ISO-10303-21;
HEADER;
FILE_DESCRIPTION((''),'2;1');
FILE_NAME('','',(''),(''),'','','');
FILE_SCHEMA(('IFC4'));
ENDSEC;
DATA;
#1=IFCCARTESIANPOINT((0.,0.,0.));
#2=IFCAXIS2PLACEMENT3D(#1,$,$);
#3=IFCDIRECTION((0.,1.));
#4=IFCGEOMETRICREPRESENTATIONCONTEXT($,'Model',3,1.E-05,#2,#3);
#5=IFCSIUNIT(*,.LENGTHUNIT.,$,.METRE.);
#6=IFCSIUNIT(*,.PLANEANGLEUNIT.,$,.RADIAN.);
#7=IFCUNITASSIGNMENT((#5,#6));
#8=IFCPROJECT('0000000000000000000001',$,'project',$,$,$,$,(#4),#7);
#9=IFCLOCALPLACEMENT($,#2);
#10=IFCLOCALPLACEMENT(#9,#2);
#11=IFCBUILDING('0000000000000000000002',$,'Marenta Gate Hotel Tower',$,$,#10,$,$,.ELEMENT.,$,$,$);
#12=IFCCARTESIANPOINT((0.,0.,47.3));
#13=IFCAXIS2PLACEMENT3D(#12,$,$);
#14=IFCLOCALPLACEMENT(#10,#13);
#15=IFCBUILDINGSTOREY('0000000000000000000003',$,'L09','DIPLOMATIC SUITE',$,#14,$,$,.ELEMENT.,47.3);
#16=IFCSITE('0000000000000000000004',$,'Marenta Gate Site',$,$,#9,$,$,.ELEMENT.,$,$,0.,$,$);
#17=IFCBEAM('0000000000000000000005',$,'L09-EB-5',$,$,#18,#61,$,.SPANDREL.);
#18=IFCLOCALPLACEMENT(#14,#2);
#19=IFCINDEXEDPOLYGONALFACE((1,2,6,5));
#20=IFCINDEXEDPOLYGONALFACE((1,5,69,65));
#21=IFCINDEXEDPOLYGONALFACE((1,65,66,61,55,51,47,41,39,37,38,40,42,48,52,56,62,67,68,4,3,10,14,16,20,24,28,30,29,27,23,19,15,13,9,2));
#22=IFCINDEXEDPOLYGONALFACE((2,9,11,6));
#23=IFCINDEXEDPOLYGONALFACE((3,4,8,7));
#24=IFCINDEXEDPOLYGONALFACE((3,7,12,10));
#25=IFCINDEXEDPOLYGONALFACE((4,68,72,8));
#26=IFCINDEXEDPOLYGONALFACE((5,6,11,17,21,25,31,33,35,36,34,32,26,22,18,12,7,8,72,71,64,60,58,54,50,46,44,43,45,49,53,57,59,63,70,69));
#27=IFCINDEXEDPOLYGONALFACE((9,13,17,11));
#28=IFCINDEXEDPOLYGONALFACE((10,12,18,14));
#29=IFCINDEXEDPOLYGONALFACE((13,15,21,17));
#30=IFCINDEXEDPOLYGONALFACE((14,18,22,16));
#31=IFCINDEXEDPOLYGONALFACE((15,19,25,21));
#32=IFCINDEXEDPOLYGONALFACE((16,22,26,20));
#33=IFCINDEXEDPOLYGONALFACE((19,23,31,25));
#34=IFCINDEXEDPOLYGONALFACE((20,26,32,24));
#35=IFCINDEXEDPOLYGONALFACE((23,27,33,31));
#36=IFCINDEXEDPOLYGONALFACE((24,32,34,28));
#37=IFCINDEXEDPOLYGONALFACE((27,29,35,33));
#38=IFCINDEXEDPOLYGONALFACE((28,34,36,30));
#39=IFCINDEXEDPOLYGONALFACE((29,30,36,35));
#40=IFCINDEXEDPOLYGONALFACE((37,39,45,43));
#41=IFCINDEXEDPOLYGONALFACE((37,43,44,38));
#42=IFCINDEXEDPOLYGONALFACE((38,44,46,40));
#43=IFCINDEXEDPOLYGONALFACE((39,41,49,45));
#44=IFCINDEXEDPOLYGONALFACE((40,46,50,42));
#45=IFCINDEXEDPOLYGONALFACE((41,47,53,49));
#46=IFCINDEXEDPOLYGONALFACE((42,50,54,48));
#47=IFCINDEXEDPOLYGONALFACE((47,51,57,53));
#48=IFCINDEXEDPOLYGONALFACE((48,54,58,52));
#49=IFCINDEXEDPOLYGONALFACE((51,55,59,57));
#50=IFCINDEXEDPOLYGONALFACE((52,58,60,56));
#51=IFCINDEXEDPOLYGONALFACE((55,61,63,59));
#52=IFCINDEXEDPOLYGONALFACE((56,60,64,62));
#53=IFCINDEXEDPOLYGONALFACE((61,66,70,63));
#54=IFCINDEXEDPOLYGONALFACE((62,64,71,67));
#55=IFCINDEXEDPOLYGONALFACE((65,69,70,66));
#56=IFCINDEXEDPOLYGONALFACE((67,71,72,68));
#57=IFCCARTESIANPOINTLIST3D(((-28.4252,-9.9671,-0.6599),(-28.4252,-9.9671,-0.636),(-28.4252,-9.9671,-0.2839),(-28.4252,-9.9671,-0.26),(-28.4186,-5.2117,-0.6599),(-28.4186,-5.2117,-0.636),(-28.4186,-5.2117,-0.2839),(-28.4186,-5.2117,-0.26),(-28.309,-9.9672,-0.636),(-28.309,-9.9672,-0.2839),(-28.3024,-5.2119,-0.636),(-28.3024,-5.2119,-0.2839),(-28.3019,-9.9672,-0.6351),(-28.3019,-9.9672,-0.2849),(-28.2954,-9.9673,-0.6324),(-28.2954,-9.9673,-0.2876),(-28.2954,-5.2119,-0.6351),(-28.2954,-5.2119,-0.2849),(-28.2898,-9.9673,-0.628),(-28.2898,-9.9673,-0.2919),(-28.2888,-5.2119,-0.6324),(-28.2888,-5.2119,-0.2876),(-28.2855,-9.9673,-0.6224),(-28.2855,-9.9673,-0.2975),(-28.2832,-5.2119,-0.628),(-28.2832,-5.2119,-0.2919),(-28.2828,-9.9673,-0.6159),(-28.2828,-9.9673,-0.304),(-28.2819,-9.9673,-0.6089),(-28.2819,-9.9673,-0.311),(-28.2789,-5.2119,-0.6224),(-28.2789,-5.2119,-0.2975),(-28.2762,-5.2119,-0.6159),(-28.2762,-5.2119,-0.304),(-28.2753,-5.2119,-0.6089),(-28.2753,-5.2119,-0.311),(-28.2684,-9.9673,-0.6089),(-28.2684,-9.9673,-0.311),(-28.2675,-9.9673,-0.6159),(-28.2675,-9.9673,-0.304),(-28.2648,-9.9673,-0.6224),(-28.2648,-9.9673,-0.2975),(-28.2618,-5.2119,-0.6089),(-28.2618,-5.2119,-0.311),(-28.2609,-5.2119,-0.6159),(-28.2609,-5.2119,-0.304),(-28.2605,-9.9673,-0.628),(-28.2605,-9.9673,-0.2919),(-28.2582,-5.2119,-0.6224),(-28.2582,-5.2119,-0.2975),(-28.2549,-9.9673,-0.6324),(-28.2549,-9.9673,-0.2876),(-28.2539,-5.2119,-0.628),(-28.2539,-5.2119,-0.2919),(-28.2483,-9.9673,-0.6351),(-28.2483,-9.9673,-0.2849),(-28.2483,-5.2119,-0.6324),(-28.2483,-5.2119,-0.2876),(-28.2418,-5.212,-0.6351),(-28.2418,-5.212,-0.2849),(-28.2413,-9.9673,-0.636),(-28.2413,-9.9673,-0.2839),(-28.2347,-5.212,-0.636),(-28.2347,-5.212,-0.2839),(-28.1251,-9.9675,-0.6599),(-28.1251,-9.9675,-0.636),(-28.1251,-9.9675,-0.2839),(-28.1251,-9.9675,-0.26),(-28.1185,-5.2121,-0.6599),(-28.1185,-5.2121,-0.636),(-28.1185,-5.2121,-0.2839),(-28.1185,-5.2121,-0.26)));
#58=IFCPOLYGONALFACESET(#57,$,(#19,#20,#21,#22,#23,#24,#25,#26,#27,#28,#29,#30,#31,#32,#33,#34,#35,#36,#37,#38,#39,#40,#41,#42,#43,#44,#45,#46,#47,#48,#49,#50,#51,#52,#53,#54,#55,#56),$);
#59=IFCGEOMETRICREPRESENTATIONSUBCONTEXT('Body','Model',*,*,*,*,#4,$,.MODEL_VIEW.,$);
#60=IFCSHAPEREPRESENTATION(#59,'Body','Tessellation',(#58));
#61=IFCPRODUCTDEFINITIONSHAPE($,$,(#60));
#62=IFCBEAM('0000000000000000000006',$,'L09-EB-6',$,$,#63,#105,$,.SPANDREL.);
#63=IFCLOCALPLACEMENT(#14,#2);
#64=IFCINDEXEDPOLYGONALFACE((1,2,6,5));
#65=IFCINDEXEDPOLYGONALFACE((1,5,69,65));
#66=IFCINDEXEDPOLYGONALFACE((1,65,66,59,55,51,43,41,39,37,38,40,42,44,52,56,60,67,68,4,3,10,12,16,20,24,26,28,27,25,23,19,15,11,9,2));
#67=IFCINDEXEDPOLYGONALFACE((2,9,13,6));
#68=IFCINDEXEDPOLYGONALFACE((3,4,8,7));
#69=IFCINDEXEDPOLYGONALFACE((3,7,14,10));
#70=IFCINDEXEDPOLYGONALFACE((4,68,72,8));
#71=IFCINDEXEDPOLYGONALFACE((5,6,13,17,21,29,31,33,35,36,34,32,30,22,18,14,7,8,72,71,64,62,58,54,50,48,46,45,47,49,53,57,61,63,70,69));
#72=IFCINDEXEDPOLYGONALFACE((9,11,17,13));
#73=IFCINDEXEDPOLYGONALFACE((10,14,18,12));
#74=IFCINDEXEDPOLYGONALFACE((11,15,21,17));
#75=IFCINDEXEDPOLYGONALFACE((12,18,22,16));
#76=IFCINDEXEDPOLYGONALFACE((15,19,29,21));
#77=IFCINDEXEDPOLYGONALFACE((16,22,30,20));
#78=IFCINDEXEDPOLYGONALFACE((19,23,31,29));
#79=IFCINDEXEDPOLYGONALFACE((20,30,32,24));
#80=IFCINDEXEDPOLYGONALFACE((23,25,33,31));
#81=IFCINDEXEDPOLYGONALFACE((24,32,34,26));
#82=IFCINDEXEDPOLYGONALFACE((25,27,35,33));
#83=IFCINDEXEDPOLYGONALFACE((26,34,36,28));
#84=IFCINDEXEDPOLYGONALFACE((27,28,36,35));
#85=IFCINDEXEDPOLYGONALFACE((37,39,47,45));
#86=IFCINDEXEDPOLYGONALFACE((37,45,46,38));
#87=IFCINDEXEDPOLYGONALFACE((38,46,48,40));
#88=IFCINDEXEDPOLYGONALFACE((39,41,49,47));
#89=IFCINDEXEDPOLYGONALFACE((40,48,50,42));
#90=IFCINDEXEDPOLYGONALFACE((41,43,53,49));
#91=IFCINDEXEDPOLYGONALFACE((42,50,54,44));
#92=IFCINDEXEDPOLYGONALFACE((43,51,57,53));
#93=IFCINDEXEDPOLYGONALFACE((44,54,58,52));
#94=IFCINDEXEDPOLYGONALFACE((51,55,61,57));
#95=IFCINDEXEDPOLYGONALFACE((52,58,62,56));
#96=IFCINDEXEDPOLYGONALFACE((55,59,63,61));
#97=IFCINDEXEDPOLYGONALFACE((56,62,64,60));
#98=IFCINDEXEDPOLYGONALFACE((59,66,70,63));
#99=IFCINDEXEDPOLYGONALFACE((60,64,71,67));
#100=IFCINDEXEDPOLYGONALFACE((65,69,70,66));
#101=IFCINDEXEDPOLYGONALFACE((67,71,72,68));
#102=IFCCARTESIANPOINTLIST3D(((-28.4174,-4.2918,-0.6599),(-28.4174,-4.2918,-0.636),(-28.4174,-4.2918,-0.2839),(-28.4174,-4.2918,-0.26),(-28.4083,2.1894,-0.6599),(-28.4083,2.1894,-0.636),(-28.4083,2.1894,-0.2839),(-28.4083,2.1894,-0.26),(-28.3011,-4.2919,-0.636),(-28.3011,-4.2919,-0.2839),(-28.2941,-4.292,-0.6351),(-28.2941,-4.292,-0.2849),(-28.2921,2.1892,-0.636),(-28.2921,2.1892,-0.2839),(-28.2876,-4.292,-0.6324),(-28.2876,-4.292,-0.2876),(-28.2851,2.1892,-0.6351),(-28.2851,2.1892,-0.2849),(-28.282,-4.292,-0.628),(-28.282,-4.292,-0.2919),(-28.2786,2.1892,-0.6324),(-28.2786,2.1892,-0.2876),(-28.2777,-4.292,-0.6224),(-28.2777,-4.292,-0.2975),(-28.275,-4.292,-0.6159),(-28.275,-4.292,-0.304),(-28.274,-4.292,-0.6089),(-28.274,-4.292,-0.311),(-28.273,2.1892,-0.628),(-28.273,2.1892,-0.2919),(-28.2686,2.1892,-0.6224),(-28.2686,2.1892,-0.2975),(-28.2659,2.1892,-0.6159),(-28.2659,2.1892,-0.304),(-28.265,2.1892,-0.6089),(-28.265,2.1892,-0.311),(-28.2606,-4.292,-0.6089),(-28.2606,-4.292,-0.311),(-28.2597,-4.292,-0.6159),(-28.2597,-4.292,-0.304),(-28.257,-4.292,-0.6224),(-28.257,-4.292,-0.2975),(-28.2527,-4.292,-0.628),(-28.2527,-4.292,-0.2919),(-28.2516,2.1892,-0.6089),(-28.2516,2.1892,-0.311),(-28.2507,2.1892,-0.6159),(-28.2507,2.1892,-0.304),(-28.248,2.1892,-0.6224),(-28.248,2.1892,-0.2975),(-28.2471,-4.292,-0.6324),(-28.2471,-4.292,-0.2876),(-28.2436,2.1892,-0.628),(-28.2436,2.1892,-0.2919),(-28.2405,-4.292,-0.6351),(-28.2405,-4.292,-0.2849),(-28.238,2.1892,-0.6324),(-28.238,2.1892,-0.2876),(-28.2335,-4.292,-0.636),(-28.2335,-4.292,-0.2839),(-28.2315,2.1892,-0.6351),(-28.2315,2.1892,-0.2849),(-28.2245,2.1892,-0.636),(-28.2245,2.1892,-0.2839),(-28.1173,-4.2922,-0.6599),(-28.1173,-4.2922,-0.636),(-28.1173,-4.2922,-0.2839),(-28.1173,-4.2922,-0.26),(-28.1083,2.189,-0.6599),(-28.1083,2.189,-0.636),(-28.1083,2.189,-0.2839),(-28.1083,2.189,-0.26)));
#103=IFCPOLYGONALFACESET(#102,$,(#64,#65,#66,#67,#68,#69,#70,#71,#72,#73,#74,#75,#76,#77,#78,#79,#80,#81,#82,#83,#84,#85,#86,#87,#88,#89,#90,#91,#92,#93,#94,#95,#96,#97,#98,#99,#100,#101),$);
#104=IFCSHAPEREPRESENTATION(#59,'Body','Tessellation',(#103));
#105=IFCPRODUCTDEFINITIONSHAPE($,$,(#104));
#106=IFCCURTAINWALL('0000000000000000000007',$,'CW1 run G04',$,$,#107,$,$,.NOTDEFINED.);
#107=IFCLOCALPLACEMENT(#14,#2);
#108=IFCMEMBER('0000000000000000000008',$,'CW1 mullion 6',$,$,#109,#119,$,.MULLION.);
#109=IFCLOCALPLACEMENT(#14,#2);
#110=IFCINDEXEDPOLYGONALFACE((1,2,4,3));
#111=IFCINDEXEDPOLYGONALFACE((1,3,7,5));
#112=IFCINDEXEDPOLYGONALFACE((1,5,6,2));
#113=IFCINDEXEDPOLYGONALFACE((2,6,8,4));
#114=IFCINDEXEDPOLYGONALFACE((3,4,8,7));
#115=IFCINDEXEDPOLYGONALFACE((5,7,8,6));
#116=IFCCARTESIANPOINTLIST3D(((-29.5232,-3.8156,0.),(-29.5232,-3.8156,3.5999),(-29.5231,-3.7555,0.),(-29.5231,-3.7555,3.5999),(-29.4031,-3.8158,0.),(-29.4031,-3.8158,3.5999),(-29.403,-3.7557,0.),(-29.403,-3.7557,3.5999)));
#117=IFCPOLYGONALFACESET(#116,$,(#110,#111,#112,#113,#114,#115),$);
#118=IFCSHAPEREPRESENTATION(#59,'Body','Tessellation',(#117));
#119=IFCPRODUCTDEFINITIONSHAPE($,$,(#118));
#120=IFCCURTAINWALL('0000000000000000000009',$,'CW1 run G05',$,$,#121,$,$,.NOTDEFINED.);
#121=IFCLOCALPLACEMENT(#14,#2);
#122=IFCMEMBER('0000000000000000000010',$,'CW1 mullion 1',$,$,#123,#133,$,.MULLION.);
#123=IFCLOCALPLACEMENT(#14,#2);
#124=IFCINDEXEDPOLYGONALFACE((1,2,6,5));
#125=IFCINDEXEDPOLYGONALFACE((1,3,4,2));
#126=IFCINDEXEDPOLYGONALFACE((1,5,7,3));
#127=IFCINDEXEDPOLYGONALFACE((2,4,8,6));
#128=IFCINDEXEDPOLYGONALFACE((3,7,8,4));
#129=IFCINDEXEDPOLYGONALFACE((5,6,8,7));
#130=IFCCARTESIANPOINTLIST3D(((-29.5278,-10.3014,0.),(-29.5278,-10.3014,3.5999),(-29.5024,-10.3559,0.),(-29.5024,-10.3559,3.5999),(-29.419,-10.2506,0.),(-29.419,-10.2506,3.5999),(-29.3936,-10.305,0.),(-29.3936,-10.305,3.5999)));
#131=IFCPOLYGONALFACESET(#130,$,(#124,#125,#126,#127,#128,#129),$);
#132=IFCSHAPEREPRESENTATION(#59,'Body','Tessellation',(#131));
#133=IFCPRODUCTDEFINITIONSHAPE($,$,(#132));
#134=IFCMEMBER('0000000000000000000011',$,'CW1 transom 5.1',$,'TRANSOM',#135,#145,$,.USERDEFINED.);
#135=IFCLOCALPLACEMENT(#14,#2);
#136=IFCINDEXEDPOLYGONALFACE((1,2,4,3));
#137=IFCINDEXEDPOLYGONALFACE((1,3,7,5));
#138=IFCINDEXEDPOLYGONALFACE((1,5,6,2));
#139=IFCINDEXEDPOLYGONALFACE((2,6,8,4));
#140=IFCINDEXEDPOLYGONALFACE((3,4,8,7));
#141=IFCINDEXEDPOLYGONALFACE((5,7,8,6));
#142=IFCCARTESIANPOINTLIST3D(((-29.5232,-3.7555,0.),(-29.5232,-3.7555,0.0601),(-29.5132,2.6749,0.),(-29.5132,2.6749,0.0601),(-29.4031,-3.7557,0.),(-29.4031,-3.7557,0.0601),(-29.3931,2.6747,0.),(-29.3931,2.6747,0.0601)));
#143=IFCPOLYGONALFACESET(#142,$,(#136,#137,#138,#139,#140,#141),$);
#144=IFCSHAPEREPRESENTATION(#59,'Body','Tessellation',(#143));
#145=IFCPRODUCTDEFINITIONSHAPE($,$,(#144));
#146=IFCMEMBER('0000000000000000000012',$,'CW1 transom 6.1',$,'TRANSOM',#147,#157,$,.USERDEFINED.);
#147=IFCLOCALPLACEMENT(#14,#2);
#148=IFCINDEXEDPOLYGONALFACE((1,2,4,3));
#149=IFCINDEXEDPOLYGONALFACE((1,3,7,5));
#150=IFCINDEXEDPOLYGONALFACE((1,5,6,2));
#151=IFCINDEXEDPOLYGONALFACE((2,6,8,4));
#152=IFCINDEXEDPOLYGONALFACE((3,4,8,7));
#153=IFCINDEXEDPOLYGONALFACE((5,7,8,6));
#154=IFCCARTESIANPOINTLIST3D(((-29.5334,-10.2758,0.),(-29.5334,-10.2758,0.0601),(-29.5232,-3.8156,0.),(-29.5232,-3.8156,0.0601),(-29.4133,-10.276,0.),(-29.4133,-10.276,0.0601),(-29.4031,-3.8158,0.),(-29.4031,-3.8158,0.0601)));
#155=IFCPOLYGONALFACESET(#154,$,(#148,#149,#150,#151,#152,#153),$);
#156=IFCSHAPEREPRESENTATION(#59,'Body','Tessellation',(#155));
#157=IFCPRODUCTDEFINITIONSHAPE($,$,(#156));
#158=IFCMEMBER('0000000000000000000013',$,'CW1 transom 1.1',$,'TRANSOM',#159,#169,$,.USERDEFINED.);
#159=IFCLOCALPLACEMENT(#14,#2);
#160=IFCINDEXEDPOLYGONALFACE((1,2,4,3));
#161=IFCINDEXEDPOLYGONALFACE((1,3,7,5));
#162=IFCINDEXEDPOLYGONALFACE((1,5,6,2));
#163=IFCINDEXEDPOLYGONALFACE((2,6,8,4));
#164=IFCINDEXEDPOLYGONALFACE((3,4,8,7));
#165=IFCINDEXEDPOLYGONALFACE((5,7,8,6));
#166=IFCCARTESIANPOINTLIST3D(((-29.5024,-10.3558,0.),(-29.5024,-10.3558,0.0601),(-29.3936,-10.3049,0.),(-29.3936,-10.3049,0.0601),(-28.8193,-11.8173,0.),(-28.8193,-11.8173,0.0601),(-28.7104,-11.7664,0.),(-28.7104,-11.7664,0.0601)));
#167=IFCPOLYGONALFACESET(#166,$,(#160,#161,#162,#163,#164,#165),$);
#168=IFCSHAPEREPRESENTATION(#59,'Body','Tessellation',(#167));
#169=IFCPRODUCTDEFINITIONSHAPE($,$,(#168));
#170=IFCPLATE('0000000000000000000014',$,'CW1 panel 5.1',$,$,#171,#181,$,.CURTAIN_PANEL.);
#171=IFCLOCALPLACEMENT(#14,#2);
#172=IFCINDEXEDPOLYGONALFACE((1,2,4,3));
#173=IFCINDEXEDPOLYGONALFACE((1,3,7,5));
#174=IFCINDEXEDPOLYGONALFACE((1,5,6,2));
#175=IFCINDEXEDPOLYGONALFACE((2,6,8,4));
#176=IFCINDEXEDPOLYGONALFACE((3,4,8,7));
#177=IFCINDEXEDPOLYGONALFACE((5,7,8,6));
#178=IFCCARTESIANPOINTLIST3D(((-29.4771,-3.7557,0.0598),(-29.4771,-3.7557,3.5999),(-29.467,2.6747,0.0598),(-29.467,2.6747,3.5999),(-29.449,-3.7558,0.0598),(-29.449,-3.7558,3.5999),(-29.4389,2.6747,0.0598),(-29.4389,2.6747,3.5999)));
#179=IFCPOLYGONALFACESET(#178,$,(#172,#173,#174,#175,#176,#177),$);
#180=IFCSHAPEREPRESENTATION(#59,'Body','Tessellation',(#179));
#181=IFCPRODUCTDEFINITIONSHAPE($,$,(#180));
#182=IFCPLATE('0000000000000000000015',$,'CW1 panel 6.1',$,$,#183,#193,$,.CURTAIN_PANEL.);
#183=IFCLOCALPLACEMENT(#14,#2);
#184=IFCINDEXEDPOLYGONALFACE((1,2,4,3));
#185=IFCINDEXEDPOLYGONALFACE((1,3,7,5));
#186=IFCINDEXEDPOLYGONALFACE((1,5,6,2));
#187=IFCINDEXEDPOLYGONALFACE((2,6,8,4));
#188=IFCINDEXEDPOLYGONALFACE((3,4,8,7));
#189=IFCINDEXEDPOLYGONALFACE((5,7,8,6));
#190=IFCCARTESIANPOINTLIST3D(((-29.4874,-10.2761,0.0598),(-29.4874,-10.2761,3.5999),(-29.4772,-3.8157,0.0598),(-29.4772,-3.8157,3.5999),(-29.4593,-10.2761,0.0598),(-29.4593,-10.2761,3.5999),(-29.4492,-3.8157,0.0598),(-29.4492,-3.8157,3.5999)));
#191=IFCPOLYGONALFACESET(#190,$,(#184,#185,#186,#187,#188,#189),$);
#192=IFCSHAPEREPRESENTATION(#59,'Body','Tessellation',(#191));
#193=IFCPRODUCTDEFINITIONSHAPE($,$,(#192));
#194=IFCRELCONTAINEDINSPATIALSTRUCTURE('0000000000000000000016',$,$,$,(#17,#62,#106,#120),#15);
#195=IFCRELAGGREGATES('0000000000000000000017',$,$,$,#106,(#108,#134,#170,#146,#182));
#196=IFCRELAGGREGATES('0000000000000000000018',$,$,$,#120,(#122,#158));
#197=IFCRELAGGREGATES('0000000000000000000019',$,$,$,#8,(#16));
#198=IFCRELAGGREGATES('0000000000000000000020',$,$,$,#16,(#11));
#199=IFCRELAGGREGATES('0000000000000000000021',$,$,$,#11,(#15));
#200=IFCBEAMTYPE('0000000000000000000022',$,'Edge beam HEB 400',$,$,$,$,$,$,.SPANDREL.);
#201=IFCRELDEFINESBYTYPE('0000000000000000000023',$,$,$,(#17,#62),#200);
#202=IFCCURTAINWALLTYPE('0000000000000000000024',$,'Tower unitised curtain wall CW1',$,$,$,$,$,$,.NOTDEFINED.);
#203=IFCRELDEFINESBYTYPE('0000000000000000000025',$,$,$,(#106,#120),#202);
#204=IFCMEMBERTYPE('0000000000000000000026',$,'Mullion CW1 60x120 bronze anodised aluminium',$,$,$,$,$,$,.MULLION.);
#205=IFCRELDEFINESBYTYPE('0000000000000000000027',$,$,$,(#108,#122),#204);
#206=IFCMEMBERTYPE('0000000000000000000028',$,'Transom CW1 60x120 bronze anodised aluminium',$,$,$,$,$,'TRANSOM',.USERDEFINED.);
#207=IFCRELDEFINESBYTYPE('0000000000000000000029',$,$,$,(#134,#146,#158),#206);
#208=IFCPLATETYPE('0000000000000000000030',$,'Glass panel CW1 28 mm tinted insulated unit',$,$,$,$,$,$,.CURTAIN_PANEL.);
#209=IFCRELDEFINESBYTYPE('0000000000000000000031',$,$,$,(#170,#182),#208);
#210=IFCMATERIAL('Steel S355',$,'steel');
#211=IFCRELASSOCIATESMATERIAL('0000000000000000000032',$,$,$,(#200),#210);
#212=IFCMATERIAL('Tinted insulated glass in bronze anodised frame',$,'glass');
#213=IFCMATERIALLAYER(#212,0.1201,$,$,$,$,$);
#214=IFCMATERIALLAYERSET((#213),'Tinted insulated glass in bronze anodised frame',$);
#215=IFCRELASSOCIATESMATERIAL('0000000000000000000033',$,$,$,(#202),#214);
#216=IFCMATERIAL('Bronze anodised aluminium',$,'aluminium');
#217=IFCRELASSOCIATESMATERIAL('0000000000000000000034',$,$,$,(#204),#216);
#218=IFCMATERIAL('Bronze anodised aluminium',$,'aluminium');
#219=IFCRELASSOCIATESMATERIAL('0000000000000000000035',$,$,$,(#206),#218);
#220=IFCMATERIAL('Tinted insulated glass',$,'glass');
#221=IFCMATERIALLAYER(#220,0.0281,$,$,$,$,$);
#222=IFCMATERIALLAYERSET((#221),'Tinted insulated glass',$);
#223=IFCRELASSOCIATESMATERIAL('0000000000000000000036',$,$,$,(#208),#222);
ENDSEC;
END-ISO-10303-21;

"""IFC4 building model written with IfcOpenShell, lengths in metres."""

from ifc_helpers import new_model, si_unit, direction, frame, origin, origin_2d, place, context, subcontext, project, spatial, rectangle, i_section, extrude, material, layer, layer_set, material_profile, profile_set, type_object, element, aggregate, save


model = new_model("IFC4")

# Units and contexts
model_context = context("Model", 3, precision=1e-05, world=origin(), true_north=direction((0.0, 1.0)))
body_context = subcontext(model_context, "Body", "Model", "MODEL_VIEW")
ifc_project = project(units=[si_unit("LENGTHUNIT", "METRE"), si_unit("PLANEANGLEUNIT", "RADIAN")], contexts=[model_context])

# Site, building, storey
site_placement = place(None, origin())
site = spatial("IfcSite", under=ifc_project, at=site_placement, Name="Marenta Gate Site", CompositionType="ELEMENT", RefElevation=0.0)
building_placement = place(site_placement, origin())
building = spatial("IfcBuilding", under=site, at=building_placement, Name="Marenta Gate Hotel Tower", CompositionType="ELEMENT")
storey_placement = place(building_placement, frame((0.0, 0.0, 47.3)))
storey = spatial("IfcBuildingStorey", under=building, at=storey_placement, Name="L09", Description="DIPLOMATIC SUITE", CompositionType="ELEMENT", Elevation=47.3)

# Beams
ifc_material_1 = material(Name="Steel S355", Category="steel")
ifc_material_profile_1 = material_profile(ifc_material_1, i_section(OverallWidth=0.3, OverallDepth=0.3999, WebThickness=0.0134, FlangeThickness=0.0239, FilletRadius=0.0271, at=origin_2d()), Name="HEB 400")
ifc_profile_set_1 = profile_set([ifc_material_profile_1], Name="Steel S355")
beam_type = type_object("IfcBeamType", Name="Edge beam HEB 400", PredefinedType="SPANDREL", material=ifc_profile_set_1)
beam_1_placement = place(storey_placement, frame((-28.2751, -9.9673, -0.46), z_axis=(0.001386, 0.999999, 0.0), x_axis=(-0.999999, 0.001386, 0.0)))
element("IfcBeam", 1, at=beam_1_placement, inside=storey, type_object=beam_type, Name="L09-EB-5", PredefinedType="SPANDREL", context=body_context, shape_type="SweptSolid", body=[
    extrude(i_section(OverallWidth=0.3, OverallDepth=0.3999, WebThickness=0.0134, FlangeThickness=0.0239, FilletRadius=0.0271, at=origin_2d()), origin(), (0.0, 0.0, 1.0), 4.7554),
])
beam_2_placement = place(storey_placement, frame((-28.2673, -4.292, -0.46), z_axis=(0.001394, 0.999999, 0.0), x_axis=(-0.999999, 0.001394, 0.0)))
element("IfcBeam", 2, at=beam_2_placement, inside=storey, type_object=beam_type, Name="L09-EB-6", PredefinedType="SPANDREL", context=body_context, shape_type="SweptSolid", body=[
    extrude(i_section(OverallWidth=0.3, OverallDepth=0.3999, WebThickness=0.0134, FlangeThickness=0.0239, FilletRadius=0.0271, at=origin_2d()), origin(), (0.0, 0.0, 1.0), 6.4812),
])

# Curtain walls, members
ifc_material_2 = material(Name="Tinted insulated glass in bronze anodised frame", Category="glass")
ifc_layer_1 = layer(ifc_material_2, 0.1201)
ifc_layer_set_1 = layer_set([ifc_layer_1], Name="Tinted insulated glass in bronze anodised frame")
curtain_wall_type = type_object("IfcCurtainWallType", Name="Tower unitised curtain wall CW1", PredefinedType="NOTDEFINED", material=ifc_layer_set_1)
curtain_wall_1_placement = place(storey_placement, origin())
curtain_wall_1 = element("IfcCurtainWall", 3, at=curtain_wall_1_placement, inside=storey, type_object=curtain_wall_type, Name="CW1 run G04", PredefinedType="NOTDEFINED")
ifc_material_3 = material(Name="Bronze anodised aluminium", Category="aluminium")
ifc_material_profile_2 = material_profile(ifc_material_3, rectangle(XDim=0.1201, YDim=0.0601, at=origin_2d()), Name="Mullion CW1 60x120 bronze anodised aluminium")
ifc_profile_set_2 = profile_set([ifc_material_profile_2], Name="Bronze anodised aluminium")
member_type_1 = type_object("IfcMemberType", Name="Mullion CW1 60x120 bronze anodised aluminium", PredefinedType="MULLION", material=ifc_profile_set_2)
member_1_placement = place(storey_placement, frame((-29.4631, -3.7856, 0.0), z_axis=(0.0, 0.0, 1.0), x_axis=(0.999999, -0.001566, 0.0)))
member_1 = element("IfcMember", 4, at=member_1_placement, type_object=member_type_1, Name="CW1 mullion 6", PredefinedType="MULLION", context=body_context, shape_type="SweptSolid", body=[
    extrude(rectangle(XDim=0.1201, YDim=0.0601, at=origin_2d()), origin(), (0.0, 0.0, 1.0), 3.5999),
])
curtain_wall_2_placement = place(storey_placement, origin())
curtain_wall_2 = element("IfcCurtainWall", 5, at=curtain_wall_2_placement, inside=storey, type_object=curtain_wall_type, Name="CW1 run G05", PredefinedType="NOTDEFINED")
member_2_placement = place(storey_placement, frame((-29.4607, -10.3032, 0.0), z_axis=(0.0, 0.0, 1.0), x_axis=(0.905971, 0.42334, 0.0)))
member_2 = element("IfcMember", 6, at=member_2_placement, type_object=member_type_1, Name="CW1 mullion 1", PredefinedType="MULLION", context=body_context, shape_type="SweptSolid", body=[
    extrude(rectangle(XDim=0.1201, YDim=0.0601, at=origin_2d()), origin(), (0.0, 0.0, 1.0), 3.5999),
])

# Members
ifc_material_4 = material(Name="Bronze anodised aluminium", Category="aluminium")
ifc_material_profile_3 = material_profile(ifc_material_4, rectangle(XDim=0.1201, YDim=0.0601, at=origin_2d()), Name="Transom CW1 60x120 bronze anodised aluminium")
ifc_profile_set_3 = profile_set([ifc_material_profile_3], Name="Bronze anodised aluminium")
member_type_2 = type_object("IfcMemberType", Name="Transom CW1 60x120 bronze anodised aluminium", ElementType="TRANSOM", PredefinedType="USERDEFINED", material=ifc_profile_set_3)
member_3_placement = place(storey_placement, frame((-29.4531, 2.6748, 0.03), z_axis=(-0.001557, -0.999999, 0.0), x_axis=(0.999999, -0.001557, 0.0)))
member_3 = element("IfcMember", 7, at=member_3_placement, type_object=member_type_2, Name="CW1 transom 5.1", ObjectType="TRANSOM", PredefinedType="USERDEFINED", context=body_context, shape_type="SweptSolid", body=[
    extrude(rectangle(XDim=0.1201, YDim=0.0601, at=origin_2d()), origin(), (0.0, 0.0, 1.0), 6.4304),
])
member_4_placement = place(storey_placement, frame((-29.4631, -3.8157, 0.03), z_axis=(-0.001587, -0.999999, 0.0), x_axis=(0.999999, -0.001587, 0.0)))
member_4 = element("IfcMember", 8, at=member_4_placement, type_object=member_type_2, Name="CW1 transom 6.1", ObjectType="TRANSOM", PredefinedType="USERDEFINED", context=body_context, shape_type="SweptSolid", body=[
    extrude(rectangle(XDim=0.1201, YDim=0.0601, at=origin_2d()), origin(), (0.0, 0.0, 1.0), 6.4602),
])
member_5_placement = place(storey_placement, frame((-29.448, -10.3303, 0.03), z_axis=(0.423449, -0.90592, 0.0), x_axis=(0.90592, 0.423449, 0.0)))
member_5 = element("IfcMember", 9, at=member_5_placement, type_object=member_type_2, Name="CW1 transom 1.1", ObjectType="TRANSOM", PredefinedType="USERDEFINED", context=body_context, shape_type="SweptSolid", body=[
    extrude(rectangle(XDim=0.1201, YDim=0.0601, at=origin_2d()), origin(), (0.0, 0.0, 1.0), 1.6133),
])

# Plates
ifc_material_5 = material(Name="Tinted insulated glass", Category="glass")
ifc_layer_2 = layer(ifc_material_5, 0.0281)
ifc_layer_set_2 = layer_set([ifc_layer_2], Name="Tinted insulated glass")
plate_type = type_object("IfcPlateType", Name="Glass panel CW1 28 mm tinted insulated unit", PredefinedType="CURTAIN_PANEL", material=ifc_layer_set_2)
plate_1_placement = place(storey_placement, frame((-29.458, -0.5405, 0.0598), z_axis=(0.0, 0.0, 1.0), x_axis=(-0.001566, -0.999999, 0.0)))
plate_1 = element("IfcPlate", 10, at=plate_1_placement, type_object=plate_type, Name="CW1 panel 5.1", PredefinedType="CURTAIN_PANEL", context=body_context, shape_type="SweptSolid", body=[
    extrude(rectangle(XDim=6.4304, YDim=0.0281, at=origin_2d()), origin(), (0.0, 0.0, 1.0), 3.54),
])
plate_2_placement = place(storey_placement, frame((-29.4683, -7.0459, 0.0598), z_axis=(0.0, 0.0, 1.0), x_axis=(-0.001566, -0.999999, 0.0)))
plate_2 = element("IfcPlate", 11, at=plate_2_placement, type_object=plate_type, Name="CW1 panel 6.1", PredefinedType="CURTAIN_PANEL", context=body_context, shape_type="SweptSolid", body=[
    extrude(rectangle(XDim=6.4604, YDim=0.0281, at=origin_2d()), origin(), (0.0, 0.0, 1.0), 3.54),
])
aggregate(curtain_wall_1, [member_1, member_3, plate_1, member_4, plate_2])
aggregate(curtain_wall_2, [member_2, member_5])

save(model, "model.ifc")
